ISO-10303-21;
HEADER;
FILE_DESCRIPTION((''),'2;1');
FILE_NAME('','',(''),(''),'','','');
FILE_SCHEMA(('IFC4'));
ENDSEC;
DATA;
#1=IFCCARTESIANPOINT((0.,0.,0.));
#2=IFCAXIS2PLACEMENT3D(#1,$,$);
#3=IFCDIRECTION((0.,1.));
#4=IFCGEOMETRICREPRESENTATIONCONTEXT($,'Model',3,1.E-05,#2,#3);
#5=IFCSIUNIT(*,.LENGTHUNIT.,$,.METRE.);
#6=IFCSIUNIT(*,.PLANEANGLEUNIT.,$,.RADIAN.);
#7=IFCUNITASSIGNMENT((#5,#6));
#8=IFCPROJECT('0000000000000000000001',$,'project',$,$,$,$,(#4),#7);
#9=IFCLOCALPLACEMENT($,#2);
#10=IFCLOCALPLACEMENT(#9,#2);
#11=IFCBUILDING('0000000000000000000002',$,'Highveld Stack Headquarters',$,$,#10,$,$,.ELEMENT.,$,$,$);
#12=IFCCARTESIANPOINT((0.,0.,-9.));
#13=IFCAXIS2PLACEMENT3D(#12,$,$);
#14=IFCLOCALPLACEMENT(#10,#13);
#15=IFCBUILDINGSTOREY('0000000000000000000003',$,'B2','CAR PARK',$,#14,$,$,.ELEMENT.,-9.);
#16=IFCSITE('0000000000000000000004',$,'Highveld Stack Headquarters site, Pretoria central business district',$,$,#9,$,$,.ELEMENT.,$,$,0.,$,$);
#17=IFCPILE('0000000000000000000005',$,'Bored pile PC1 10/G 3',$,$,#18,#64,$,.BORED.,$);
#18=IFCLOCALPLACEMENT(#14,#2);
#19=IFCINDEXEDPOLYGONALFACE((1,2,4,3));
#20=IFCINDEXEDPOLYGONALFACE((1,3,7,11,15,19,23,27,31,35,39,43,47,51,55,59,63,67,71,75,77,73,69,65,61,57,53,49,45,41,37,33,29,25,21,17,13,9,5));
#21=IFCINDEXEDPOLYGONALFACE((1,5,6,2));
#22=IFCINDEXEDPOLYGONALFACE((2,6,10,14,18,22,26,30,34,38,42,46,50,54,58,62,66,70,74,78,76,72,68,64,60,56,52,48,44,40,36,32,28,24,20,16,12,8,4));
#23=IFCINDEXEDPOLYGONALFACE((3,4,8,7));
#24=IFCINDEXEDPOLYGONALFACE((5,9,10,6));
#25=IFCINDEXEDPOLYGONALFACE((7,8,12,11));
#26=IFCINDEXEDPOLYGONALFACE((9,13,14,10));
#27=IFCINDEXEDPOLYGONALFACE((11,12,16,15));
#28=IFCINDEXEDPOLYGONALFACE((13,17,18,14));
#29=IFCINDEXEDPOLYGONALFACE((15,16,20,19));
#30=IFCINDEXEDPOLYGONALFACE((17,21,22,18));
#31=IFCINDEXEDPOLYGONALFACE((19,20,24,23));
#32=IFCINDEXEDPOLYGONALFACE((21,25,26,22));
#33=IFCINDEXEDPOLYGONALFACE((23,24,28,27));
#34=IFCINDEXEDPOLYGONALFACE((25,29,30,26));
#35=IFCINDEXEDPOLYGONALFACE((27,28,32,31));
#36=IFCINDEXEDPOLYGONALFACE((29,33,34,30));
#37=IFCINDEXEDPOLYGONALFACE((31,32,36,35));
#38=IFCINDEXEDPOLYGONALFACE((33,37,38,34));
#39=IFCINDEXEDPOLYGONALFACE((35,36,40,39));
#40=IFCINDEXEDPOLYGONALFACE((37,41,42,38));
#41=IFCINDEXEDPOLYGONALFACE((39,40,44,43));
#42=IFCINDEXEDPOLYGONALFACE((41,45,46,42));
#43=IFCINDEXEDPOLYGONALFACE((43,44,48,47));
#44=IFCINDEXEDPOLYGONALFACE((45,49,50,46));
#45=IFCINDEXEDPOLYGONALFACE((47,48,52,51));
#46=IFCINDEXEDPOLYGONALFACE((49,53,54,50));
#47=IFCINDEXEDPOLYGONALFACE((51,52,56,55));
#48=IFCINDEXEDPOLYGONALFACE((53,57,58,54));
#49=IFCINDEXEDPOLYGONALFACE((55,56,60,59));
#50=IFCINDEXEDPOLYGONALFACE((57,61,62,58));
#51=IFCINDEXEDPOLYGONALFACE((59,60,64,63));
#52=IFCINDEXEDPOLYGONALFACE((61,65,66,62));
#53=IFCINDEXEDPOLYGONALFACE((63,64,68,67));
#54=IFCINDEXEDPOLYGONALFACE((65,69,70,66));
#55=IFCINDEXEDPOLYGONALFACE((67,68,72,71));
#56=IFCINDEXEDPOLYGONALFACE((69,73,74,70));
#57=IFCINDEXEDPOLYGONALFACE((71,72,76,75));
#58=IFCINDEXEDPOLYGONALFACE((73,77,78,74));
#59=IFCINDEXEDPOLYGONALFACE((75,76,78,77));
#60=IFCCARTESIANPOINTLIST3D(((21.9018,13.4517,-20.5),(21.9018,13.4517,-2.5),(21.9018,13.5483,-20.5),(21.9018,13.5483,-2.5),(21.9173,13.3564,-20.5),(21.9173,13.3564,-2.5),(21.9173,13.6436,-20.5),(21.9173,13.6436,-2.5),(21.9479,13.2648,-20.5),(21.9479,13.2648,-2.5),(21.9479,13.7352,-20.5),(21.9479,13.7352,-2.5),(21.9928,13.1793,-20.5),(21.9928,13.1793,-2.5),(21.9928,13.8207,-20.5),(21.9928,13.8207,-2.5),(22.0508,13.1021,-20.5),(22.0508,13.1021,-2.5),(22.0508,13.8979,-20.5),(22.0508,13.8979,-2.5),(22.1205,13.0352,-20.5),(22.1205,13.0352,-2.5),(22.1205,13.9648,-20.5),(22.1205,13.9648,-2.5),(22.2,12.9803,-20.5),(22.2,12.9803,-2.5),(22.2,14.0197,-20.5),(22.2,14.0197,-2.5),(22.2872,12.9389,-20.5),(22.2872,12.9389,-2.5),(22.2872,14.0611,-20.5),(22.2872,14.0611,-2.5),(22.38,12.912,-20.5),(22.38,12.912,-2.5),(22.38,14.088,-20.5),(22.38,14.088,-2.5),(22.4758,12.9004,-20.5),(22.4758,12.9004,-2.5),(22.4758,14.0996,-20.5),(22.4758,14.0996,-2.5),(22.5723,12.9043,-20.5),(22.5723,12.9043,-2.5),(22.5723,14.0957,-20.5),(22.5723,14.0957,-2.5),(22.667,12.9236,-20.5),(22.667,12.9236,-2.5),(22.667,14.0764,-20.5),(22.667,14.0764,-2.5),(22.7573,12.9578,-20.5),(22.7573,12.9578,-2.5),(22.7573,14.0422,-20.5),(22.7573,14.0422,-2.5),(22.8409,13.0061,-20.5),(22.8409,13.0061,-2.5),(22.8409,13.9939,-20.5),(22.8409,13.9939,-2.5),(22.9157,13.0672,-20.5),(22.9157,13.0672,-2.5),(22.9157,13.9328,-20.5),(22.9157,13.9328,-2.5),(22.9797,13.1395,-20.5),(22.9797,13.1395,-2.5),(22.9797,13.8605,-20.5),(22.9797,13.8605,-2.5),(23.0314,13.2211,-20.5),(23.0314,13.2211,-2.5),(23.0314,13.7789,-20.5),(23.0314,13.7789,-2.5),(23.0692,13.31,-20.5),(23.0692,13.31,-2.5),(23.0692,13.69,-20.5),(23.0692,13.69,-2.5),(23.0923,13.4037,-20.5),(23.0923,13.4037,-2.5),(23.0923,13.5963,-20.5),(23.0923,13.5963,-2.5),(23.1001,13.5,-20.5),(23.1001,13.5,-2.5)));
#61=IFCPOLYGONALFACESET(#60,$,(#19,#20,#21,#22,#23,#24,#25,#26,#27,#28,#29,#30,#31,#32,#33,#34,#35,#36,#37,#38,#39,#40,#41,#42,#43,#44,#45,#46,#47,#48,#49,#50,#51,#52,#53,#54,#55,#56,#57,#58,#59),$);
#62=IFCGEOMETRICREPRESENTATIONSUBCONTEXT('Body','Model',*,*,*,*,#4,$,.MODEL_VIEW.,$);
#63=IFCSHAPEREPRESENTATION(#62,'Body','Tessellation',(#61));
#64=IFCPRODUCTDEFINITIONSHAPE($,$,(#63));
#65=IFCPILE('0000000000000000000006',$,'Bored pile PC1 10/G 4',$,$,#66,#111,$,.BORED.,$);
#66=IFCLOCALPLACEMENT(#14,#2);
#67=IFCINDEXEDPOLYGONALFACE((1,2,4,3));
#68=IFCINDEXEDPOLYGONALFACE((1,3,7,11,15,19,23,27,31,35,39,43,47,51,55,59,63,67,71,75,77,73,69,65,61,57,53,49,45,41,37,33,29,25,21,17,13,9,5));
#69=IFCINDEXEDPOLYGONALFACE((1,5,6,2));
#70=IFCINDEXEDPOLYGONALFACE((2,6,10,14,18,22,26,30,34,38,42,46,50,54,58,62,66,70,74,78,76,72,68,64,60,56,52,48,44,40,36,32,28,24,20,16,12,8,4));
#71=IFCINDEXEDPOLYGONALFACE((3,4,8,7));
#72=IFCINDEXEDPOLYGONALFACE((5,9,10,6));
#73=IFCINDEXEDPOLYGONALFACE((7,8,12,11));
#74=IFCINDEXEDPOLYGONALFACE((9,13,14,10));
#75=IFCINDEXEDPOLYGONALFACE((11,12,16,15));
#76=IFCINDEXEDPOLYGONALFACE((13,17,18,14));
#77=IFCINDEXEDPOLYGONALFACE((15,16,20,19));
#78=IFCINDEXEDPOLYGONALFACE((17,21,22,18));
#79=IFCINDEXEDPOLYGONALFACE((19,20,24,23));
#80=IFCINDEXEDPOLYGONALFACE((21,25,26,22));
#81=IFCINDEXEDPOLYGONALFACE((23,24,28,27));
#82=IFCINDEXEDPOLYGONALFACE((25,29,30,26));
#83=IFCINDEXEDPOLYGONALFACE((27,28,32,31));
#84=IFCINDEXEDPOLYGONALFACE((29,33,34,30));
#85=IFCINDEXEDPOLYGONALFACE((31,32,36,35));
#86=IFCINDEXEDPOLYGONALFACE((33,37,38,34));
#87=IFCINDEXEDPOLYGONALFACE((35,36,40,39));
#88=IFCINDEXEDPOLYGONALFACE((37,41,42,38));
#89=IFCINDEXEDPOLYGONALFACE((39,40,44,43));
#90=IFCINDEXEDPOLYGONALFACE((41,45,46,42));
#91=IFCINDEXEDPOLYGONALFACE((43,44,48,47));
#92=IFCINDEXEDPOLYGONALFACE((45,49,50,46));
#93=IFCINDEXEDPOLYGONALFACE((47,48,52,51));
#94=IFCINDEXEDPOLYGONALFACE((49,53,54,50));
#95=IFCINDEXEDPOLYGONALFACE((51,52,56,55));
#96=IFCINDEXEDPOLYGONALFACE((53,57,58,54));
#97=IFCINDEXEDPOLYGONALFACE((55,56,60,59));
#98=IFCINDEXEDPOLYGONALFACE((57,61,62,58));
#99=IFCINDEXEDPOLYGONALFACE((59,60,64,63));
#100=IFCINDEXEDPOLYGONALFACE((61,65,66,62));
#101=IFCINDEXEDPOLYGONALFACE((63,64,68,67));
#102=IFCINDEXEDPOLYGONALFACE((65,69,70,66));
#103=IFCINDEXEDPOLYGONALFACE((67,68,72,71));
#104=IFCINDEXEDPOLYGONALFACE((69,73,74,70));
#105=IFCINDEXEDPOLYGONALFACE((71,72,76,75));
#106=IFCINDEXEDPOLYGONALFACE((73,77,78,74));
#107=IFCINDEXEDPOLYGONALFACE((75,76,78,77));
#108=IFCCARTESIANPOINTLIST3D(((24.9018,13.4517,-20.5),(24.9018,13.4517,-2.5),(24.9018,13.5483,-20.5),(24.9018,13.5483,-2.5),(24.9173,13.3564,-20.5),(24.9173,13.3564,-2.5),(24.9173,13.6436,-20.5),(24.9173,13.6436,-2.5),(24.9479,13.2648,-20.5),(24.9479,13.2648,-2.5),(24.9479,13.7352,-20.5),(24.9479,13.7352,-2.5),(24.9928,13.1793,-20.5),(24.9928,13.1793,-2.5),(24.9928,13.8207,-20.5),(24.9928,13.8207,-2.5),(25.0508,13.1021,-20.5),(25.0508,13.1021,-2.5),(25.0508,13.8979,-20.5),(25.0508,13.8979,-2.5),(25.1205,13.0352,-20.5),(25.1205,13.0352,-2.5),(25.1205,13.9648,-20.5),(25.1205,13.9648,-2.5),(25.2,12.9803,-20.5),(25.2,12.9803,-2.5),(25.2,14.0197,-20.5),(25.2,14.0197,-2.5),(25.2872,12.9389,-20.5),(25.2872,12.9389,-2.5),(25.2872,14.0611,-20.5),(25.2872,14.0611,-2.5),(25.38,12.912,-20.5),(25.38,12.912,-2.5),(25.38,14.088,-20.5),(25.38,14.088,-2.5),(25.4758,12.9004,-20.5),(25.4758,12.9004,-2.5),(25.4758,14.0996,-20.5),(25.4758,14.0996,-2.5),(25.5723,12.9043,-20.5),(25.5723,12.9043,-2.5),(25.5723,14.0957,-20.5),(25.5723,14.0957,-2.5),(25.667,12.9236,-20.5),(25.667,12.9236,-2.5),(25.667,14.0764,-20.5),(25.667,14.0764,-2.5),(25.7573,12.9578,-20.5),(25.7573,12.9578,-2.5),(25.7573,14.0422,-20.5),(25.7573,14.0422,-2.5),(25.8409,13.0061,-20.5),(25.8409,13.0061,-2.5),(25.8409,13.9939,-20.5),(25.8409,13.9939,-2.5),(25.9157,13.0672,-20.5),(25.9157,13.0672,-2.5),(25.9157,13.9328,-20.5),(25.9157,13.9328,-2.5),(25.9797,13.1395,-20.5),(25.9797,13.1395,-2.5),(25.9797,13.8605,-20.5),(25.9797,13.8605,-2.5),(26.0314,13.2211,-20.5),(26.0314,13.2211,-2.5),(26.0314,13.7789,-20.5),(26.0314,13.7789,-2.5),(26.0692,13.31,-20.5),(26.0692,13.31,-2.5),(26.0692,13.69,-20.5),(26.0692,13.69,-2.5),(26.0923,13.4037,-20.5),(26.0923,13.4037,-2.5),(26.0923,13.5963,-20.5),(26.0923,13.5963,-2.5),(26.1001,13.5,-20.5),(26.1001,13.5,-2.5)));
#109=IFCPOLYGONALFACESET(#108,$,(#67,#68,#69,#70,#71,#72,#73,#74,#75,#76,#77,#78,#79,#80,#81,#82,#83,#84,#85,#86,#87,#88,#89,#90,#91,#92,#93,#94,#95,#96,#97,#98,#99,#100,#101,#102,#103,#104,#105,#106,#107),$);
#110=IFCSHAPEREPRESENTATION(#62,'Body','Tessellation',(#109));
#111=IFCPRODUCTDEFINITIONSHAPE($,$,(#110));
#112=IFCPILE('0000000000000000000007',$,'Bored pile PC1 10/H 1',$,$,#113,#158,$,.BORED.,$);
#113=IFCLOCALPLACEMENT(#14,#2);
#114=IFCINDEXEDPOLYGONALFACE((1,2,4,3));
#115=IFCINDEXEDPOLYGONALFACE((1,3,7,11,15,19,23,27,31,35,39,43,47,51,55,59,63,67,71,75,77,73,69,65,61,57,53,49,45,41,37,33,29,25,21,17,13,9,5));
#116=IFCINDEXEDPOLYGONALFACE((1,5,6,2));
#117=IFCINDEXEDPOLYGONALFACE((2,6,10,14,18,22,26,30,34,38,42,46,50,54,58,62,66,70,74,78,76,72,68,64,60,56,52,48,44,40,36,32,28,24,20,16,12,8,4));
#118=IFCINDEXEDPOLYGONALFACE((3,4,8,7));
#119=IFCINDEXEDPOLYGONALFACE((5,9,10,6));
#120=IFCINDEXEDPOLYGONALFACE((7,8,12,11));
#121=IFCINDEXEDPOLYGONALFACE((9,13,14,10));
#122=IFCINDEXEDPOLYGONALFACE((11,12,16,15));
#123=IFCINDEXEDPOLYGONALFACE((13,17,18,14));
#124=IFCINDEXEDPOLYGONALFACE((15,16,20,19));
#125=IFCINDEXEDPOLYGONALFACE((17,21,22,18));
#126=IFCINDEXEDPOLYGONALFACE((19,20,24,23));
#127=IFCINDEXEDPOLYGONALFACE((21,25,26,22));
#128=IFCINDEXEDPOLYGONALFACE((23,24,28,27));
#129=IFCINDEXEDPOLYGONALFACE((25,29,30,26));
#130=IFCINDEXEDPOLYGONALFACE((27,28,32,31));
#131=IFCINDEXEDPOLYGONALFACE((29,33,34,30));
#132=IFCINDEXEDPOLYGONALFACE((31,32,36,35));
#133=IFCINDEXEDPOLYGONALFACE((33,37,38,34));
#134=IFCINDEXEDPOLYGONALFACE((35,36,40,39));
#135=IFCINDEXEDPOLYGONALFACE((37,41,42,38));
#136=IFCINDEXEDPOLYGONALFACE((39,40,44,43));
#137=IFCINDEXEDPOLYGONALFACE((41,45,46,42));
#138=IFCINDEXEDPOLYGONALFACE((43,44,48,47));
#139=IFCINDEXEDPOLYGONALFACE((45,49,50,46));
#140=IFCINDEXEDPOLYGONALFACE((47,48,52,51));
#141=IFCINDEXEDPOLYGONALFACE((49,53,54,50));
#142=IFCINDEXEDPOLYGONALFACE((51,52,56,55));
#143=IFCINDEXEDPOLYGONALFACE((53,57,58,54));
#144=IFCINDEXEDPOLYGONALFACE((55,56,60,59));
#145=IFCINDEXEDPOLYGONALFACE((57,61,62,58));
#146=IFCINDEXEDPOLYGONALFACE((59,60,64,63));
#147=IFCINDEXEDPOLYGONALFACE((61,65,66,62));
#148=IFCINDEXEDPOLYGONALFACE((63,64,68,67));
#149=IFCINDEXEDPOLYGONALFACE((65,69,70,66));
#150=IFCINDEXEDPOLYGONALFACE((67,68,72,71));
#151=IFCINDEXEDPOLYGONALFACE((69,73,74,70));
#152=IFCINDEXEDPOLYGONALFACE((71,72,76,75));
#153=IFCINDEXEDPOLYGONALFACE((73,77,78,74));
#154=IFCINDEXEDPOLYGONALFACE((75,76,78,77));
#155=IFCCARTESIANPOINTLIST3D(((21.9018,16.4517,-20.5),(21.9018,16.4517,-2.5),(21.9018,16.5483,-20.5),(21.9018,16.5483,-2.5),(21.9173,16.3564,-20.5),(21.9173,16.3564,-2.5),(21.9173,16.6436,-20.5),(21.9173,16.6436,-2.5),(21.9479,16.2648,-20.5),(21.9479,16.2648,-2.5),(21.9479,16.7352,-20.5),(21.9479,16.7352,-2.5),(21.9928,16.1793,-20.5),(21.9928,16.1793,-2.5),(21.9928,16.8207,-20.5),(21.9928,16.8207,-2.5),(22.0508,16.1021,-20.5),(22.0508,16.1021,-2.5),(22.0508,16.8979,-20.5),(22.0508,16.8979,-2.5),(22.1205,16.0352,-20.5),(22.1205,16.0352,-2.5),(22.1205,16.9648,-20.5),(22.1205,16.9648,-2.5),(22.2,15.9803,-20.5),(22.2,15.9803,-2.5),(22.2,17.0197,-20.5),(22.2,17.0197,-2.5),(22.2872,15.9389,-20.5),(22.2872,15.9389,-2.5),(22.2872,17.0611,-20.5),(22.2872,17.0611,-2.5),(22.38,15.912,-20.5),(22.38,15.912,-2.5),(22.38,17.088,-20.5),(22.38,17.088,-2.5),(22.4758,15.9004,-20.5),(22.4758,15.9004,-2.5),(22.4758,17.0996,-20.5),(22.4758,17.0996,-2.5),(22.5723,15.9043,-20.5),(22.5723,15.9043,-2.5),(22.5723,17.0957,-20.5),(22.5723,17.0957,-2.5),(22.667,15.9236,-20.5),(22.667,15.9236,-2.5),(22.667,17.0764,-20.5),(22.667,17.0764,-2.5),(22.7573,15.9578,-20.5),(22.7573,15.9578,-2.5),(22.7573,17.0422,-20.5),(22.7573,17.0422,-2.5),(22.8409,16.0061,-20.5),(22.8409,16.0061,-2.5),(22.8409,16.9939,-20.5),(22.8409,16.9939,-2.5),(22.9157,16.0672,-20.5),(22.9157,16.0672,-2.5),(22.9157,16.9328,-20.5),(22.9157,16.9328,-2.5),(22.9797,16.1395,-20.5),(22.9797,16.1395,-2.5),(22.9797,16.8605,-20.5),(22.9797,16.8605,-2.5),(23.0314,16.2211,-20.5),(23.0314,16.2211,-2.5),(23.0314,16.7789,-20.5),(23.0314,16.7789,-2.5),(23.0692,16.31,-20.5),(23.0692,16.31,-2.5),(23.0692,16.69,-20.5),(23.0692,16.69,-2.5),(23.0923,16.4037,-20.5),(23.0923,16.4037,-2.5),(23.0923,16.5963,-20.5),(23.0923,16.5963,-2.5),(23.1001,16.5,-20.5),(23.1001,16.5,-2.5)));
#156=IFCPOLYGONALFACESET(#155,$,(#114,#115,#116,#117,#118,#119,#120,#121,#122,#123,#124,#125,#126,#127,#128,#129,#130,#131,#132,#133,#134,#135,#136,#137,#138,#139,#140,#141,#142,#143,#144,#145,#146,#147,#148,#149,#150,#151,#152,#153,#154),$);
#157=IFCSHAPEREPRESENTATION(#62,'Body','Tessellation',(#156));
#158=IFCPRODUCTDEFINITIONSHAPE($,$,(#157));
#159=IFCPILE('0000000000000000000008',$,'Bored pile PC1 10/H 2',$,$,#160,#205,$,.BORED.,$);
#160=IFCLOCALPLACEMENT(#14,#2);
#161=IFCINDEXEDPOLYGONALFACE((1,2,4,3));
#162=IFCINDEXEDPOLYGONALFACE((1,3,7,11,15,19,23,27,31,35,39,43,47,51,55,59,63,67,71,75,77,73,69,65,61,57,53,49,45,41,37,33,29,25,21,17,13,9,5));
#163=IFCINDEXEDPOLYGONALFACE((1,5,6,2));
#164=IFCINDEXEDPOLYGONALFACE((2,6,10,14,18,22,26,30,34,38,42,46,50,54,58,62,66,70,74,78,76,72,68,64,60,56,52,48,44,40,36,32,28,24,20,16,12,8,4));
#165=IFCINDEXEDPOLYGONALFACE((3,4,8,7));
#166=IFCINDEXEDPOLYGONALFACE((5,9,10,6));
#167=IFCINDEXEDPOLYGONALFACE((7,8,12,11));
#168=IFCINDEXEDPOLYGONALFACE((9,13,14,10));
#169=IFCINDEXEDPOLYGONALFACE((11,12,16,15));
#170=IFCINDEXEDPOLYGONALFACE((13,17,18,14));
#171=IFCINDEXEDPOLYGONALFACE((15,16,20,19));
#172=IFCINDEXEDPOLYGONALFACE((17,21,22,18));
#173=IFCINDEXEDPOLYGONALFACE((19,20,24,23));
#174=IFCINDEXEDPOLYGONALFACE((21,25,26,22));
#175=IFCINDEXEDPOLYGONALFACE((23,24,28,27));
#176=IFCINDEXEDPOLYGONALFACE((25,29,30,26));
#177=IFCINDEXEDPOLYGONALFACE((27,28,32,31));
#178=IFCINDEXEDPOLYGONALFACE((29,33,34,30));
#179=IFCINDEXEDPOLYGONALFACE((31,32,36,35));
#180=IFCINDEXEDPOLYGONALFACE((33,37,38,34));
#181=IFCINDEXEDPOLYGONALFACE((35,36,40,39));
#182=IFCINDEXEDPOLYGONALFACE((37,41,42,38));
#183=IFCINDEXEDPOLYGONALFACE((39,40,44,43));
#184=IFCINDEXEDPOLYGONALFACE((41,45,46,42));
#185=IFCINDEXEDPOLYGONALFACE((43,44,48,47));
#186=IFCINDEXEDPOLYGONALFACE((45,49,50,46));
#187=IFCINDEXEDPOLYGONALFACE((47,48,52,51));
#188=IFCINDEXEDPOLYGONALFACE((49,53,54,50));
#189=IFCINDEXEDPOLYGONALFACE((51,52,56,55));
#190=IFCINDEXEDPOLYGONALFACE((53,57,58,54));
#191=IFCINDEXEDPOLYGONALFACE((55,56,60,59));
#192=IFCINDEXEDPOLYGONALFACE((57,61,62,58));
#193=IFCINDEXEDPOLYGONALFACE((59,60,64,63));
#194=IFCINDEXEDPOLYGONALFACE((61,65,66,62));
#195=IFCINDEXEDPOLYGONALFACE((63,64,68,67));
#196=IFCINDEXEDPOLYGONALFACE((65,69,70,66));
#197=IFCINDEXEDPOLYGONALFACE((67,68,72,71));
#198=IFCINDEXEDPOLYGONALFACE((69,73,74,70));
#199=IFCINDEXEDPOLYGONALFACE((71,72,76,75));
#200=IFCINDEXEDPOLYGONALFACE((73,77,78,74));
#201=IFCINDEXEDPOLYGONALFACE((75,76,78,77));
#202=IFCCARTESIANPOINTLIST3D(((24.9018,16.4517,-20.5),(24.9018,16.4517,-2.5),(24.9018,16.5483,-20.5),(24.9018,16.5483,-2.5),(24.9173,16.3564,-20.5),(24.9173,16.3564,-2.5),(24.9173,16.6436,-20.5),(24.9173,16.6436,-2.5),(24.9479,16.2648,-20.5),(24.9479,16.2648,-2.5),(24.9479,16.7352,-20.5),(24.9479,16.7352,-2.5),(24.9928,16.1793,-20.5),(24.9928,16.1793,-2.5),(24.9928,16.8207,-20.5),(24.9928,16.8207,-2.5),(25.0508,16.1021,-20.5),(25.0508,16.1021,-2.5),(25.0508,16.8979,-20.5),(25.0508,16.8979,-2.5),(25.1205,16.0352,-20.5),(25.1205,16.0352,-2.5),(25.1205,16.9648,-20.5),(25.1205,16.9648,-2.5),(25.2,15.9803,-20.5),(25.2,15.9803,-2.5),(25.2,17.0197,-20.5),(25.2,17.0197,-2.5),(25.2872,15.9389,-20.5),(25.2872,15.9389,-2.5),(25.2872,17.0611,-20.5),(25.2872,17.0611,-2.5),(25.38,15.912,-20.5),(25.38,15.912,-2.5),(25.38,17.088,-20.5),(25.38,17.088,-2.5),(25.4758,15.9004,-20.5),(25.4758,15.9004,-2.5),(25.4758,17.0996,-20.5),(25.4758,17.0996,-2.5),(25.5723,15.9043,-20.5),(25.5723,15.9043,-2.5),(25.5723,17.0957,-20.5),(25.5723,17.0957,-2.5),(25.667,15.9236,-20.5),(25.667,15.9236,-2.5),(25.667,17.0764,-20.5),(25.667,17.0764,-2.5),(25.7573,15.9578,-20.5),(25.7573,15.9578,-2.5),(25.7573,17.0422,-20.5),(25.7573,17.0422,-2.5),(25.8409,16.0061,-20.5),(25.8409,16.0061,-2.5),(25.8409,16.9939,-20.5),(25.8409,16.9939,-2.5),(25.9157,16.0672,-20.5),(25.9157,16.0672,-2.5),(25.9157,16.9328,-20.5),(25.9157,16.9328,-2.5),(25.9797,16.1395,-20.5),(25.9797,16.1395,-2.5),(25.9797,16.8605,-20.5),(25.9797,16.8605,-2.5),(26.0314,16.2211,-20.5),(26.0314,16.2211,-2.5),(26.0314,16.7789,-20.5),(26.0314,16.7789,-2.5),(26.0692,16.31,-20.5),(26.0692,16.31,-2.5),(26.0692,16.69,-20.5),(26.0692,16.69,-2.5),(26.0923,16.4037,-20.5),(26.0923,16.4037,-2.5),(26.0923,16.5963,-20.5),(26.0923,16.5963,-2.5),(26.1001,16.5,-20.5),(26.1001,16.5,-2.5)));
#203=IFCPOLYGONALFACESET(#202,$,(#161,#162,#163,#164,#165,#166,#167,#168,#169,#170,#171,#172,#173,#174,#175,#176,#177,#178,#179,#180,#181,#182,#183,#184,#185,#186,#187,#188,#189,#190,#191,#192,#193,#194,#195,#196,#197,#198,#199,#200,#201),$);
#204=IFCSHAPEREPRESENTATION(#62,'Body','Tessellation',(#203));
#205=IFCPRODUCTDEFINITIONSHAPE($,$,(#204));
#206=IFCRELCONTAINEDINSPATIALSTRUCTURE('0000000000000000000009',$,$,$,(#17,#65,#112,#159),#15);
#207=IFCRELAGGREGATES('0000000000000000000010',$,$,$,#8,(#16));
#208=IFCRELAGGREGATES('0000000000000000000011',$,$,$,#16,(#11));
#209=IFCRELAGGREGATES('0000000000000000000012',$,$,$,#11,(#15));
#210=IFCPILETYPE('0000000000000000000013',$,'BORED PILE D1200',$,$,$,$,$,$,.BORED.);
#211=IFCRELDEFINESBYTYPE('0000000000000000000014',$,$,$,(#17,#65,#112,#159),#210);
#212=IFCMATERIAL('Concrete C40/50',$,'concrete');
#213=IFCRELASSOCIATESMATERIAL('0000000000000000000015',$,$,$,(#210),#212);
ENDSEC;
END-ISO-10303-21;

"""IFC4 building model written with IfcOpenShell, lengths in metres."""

from ifc_helpers import new_model, si_unit, direction, frame, origin, origin_2d, place, context, subcontext, project, spatial, circle, extrude, material, type_object, element, save


model = new_model("IFC4")

# Units and contexts
model_context = context("Model", 3, precision=1e-05, world=origin(), true_north=direction((0.0, 1.0)))
body_context = subcontext(model_context, "Body", "Model", "MODEL_VIEW")
ifc_project = project(units=[si_unit("LENGTHUNIT", "METRE"), si_unit("PLANEANGLEUNIT", "RADIAN")], contexts=[model_context])

# Site, building, storey
site_placement = place(None, origin())
site = spatial("IfcSite", under=ifc_project, at=site_placement, Name="Highveld Stack Headquarters site, Pretoria central business district", CompositionType="ELEMENT", RefElevation=0.0)
building_placement = place(site_placement, origin())
building = spatial("IfcBuilding", under=site, at=building_placement, Name="Highveld Stack Headquarters", CompositionType="ELEMENT")
storey_placement = place(building_placement, frame((0.0, 0.0, -9.0)))
storey = spatial("IfcBuildingStorey", under=building, at=storey_placement, Name="B2", Description="CAR PARK", CompositionType="ELEMENT", Elevation=-9.0)

# Piles
ifc_material_1 = material(Name="Concrete C40/50", Category="concrete")
pile_type_1 = type_object("IfcPileType", Name="BORED PILE D1200", PredefinedType="BORED", material=ifc_material_1)
for number, where, z_axis, x_axis, name in (
    (1, (22.5, 13.5, -2.5), (0.0, 0.0, -1.0), (1.0, 0.0, 0.0), "Bored pile PC1 10/G 3"),
    (2, (25.5, 13.5, -2.5), (0.0, 0.0, -1.0), (1.0, 0.0, 0.0), "Bored pile PC1 10/G 4"),
    (3, (22.5, 16.5, -2.5), (0.0, 0.0, -1.0), (1.0, 0.0, 0.0), "Bored pile PC1 10/H 1"),
    (4, (25.5, 16.5, -2.5), (0.0, 0.0, -1.0), (1.0, 0.0, 0.0), "Bored pile PC1 10/H 2"),
):
    element("IfcPile", number, at=place(storey_placement, frame(where, z_axis=z_axis, x_axis=x_axis)), inside=storey, type_object=pile_type_1, Name=name, PredefinedType="BORED", context=body_context, shape_type="SweptSolid", body=[
        extrude(circle(Radius=0.6001, at=origin_2d()), origin(), (0.0, 0.0, 1.0), 18.0),
    ])

save(model, "model.ifc")
